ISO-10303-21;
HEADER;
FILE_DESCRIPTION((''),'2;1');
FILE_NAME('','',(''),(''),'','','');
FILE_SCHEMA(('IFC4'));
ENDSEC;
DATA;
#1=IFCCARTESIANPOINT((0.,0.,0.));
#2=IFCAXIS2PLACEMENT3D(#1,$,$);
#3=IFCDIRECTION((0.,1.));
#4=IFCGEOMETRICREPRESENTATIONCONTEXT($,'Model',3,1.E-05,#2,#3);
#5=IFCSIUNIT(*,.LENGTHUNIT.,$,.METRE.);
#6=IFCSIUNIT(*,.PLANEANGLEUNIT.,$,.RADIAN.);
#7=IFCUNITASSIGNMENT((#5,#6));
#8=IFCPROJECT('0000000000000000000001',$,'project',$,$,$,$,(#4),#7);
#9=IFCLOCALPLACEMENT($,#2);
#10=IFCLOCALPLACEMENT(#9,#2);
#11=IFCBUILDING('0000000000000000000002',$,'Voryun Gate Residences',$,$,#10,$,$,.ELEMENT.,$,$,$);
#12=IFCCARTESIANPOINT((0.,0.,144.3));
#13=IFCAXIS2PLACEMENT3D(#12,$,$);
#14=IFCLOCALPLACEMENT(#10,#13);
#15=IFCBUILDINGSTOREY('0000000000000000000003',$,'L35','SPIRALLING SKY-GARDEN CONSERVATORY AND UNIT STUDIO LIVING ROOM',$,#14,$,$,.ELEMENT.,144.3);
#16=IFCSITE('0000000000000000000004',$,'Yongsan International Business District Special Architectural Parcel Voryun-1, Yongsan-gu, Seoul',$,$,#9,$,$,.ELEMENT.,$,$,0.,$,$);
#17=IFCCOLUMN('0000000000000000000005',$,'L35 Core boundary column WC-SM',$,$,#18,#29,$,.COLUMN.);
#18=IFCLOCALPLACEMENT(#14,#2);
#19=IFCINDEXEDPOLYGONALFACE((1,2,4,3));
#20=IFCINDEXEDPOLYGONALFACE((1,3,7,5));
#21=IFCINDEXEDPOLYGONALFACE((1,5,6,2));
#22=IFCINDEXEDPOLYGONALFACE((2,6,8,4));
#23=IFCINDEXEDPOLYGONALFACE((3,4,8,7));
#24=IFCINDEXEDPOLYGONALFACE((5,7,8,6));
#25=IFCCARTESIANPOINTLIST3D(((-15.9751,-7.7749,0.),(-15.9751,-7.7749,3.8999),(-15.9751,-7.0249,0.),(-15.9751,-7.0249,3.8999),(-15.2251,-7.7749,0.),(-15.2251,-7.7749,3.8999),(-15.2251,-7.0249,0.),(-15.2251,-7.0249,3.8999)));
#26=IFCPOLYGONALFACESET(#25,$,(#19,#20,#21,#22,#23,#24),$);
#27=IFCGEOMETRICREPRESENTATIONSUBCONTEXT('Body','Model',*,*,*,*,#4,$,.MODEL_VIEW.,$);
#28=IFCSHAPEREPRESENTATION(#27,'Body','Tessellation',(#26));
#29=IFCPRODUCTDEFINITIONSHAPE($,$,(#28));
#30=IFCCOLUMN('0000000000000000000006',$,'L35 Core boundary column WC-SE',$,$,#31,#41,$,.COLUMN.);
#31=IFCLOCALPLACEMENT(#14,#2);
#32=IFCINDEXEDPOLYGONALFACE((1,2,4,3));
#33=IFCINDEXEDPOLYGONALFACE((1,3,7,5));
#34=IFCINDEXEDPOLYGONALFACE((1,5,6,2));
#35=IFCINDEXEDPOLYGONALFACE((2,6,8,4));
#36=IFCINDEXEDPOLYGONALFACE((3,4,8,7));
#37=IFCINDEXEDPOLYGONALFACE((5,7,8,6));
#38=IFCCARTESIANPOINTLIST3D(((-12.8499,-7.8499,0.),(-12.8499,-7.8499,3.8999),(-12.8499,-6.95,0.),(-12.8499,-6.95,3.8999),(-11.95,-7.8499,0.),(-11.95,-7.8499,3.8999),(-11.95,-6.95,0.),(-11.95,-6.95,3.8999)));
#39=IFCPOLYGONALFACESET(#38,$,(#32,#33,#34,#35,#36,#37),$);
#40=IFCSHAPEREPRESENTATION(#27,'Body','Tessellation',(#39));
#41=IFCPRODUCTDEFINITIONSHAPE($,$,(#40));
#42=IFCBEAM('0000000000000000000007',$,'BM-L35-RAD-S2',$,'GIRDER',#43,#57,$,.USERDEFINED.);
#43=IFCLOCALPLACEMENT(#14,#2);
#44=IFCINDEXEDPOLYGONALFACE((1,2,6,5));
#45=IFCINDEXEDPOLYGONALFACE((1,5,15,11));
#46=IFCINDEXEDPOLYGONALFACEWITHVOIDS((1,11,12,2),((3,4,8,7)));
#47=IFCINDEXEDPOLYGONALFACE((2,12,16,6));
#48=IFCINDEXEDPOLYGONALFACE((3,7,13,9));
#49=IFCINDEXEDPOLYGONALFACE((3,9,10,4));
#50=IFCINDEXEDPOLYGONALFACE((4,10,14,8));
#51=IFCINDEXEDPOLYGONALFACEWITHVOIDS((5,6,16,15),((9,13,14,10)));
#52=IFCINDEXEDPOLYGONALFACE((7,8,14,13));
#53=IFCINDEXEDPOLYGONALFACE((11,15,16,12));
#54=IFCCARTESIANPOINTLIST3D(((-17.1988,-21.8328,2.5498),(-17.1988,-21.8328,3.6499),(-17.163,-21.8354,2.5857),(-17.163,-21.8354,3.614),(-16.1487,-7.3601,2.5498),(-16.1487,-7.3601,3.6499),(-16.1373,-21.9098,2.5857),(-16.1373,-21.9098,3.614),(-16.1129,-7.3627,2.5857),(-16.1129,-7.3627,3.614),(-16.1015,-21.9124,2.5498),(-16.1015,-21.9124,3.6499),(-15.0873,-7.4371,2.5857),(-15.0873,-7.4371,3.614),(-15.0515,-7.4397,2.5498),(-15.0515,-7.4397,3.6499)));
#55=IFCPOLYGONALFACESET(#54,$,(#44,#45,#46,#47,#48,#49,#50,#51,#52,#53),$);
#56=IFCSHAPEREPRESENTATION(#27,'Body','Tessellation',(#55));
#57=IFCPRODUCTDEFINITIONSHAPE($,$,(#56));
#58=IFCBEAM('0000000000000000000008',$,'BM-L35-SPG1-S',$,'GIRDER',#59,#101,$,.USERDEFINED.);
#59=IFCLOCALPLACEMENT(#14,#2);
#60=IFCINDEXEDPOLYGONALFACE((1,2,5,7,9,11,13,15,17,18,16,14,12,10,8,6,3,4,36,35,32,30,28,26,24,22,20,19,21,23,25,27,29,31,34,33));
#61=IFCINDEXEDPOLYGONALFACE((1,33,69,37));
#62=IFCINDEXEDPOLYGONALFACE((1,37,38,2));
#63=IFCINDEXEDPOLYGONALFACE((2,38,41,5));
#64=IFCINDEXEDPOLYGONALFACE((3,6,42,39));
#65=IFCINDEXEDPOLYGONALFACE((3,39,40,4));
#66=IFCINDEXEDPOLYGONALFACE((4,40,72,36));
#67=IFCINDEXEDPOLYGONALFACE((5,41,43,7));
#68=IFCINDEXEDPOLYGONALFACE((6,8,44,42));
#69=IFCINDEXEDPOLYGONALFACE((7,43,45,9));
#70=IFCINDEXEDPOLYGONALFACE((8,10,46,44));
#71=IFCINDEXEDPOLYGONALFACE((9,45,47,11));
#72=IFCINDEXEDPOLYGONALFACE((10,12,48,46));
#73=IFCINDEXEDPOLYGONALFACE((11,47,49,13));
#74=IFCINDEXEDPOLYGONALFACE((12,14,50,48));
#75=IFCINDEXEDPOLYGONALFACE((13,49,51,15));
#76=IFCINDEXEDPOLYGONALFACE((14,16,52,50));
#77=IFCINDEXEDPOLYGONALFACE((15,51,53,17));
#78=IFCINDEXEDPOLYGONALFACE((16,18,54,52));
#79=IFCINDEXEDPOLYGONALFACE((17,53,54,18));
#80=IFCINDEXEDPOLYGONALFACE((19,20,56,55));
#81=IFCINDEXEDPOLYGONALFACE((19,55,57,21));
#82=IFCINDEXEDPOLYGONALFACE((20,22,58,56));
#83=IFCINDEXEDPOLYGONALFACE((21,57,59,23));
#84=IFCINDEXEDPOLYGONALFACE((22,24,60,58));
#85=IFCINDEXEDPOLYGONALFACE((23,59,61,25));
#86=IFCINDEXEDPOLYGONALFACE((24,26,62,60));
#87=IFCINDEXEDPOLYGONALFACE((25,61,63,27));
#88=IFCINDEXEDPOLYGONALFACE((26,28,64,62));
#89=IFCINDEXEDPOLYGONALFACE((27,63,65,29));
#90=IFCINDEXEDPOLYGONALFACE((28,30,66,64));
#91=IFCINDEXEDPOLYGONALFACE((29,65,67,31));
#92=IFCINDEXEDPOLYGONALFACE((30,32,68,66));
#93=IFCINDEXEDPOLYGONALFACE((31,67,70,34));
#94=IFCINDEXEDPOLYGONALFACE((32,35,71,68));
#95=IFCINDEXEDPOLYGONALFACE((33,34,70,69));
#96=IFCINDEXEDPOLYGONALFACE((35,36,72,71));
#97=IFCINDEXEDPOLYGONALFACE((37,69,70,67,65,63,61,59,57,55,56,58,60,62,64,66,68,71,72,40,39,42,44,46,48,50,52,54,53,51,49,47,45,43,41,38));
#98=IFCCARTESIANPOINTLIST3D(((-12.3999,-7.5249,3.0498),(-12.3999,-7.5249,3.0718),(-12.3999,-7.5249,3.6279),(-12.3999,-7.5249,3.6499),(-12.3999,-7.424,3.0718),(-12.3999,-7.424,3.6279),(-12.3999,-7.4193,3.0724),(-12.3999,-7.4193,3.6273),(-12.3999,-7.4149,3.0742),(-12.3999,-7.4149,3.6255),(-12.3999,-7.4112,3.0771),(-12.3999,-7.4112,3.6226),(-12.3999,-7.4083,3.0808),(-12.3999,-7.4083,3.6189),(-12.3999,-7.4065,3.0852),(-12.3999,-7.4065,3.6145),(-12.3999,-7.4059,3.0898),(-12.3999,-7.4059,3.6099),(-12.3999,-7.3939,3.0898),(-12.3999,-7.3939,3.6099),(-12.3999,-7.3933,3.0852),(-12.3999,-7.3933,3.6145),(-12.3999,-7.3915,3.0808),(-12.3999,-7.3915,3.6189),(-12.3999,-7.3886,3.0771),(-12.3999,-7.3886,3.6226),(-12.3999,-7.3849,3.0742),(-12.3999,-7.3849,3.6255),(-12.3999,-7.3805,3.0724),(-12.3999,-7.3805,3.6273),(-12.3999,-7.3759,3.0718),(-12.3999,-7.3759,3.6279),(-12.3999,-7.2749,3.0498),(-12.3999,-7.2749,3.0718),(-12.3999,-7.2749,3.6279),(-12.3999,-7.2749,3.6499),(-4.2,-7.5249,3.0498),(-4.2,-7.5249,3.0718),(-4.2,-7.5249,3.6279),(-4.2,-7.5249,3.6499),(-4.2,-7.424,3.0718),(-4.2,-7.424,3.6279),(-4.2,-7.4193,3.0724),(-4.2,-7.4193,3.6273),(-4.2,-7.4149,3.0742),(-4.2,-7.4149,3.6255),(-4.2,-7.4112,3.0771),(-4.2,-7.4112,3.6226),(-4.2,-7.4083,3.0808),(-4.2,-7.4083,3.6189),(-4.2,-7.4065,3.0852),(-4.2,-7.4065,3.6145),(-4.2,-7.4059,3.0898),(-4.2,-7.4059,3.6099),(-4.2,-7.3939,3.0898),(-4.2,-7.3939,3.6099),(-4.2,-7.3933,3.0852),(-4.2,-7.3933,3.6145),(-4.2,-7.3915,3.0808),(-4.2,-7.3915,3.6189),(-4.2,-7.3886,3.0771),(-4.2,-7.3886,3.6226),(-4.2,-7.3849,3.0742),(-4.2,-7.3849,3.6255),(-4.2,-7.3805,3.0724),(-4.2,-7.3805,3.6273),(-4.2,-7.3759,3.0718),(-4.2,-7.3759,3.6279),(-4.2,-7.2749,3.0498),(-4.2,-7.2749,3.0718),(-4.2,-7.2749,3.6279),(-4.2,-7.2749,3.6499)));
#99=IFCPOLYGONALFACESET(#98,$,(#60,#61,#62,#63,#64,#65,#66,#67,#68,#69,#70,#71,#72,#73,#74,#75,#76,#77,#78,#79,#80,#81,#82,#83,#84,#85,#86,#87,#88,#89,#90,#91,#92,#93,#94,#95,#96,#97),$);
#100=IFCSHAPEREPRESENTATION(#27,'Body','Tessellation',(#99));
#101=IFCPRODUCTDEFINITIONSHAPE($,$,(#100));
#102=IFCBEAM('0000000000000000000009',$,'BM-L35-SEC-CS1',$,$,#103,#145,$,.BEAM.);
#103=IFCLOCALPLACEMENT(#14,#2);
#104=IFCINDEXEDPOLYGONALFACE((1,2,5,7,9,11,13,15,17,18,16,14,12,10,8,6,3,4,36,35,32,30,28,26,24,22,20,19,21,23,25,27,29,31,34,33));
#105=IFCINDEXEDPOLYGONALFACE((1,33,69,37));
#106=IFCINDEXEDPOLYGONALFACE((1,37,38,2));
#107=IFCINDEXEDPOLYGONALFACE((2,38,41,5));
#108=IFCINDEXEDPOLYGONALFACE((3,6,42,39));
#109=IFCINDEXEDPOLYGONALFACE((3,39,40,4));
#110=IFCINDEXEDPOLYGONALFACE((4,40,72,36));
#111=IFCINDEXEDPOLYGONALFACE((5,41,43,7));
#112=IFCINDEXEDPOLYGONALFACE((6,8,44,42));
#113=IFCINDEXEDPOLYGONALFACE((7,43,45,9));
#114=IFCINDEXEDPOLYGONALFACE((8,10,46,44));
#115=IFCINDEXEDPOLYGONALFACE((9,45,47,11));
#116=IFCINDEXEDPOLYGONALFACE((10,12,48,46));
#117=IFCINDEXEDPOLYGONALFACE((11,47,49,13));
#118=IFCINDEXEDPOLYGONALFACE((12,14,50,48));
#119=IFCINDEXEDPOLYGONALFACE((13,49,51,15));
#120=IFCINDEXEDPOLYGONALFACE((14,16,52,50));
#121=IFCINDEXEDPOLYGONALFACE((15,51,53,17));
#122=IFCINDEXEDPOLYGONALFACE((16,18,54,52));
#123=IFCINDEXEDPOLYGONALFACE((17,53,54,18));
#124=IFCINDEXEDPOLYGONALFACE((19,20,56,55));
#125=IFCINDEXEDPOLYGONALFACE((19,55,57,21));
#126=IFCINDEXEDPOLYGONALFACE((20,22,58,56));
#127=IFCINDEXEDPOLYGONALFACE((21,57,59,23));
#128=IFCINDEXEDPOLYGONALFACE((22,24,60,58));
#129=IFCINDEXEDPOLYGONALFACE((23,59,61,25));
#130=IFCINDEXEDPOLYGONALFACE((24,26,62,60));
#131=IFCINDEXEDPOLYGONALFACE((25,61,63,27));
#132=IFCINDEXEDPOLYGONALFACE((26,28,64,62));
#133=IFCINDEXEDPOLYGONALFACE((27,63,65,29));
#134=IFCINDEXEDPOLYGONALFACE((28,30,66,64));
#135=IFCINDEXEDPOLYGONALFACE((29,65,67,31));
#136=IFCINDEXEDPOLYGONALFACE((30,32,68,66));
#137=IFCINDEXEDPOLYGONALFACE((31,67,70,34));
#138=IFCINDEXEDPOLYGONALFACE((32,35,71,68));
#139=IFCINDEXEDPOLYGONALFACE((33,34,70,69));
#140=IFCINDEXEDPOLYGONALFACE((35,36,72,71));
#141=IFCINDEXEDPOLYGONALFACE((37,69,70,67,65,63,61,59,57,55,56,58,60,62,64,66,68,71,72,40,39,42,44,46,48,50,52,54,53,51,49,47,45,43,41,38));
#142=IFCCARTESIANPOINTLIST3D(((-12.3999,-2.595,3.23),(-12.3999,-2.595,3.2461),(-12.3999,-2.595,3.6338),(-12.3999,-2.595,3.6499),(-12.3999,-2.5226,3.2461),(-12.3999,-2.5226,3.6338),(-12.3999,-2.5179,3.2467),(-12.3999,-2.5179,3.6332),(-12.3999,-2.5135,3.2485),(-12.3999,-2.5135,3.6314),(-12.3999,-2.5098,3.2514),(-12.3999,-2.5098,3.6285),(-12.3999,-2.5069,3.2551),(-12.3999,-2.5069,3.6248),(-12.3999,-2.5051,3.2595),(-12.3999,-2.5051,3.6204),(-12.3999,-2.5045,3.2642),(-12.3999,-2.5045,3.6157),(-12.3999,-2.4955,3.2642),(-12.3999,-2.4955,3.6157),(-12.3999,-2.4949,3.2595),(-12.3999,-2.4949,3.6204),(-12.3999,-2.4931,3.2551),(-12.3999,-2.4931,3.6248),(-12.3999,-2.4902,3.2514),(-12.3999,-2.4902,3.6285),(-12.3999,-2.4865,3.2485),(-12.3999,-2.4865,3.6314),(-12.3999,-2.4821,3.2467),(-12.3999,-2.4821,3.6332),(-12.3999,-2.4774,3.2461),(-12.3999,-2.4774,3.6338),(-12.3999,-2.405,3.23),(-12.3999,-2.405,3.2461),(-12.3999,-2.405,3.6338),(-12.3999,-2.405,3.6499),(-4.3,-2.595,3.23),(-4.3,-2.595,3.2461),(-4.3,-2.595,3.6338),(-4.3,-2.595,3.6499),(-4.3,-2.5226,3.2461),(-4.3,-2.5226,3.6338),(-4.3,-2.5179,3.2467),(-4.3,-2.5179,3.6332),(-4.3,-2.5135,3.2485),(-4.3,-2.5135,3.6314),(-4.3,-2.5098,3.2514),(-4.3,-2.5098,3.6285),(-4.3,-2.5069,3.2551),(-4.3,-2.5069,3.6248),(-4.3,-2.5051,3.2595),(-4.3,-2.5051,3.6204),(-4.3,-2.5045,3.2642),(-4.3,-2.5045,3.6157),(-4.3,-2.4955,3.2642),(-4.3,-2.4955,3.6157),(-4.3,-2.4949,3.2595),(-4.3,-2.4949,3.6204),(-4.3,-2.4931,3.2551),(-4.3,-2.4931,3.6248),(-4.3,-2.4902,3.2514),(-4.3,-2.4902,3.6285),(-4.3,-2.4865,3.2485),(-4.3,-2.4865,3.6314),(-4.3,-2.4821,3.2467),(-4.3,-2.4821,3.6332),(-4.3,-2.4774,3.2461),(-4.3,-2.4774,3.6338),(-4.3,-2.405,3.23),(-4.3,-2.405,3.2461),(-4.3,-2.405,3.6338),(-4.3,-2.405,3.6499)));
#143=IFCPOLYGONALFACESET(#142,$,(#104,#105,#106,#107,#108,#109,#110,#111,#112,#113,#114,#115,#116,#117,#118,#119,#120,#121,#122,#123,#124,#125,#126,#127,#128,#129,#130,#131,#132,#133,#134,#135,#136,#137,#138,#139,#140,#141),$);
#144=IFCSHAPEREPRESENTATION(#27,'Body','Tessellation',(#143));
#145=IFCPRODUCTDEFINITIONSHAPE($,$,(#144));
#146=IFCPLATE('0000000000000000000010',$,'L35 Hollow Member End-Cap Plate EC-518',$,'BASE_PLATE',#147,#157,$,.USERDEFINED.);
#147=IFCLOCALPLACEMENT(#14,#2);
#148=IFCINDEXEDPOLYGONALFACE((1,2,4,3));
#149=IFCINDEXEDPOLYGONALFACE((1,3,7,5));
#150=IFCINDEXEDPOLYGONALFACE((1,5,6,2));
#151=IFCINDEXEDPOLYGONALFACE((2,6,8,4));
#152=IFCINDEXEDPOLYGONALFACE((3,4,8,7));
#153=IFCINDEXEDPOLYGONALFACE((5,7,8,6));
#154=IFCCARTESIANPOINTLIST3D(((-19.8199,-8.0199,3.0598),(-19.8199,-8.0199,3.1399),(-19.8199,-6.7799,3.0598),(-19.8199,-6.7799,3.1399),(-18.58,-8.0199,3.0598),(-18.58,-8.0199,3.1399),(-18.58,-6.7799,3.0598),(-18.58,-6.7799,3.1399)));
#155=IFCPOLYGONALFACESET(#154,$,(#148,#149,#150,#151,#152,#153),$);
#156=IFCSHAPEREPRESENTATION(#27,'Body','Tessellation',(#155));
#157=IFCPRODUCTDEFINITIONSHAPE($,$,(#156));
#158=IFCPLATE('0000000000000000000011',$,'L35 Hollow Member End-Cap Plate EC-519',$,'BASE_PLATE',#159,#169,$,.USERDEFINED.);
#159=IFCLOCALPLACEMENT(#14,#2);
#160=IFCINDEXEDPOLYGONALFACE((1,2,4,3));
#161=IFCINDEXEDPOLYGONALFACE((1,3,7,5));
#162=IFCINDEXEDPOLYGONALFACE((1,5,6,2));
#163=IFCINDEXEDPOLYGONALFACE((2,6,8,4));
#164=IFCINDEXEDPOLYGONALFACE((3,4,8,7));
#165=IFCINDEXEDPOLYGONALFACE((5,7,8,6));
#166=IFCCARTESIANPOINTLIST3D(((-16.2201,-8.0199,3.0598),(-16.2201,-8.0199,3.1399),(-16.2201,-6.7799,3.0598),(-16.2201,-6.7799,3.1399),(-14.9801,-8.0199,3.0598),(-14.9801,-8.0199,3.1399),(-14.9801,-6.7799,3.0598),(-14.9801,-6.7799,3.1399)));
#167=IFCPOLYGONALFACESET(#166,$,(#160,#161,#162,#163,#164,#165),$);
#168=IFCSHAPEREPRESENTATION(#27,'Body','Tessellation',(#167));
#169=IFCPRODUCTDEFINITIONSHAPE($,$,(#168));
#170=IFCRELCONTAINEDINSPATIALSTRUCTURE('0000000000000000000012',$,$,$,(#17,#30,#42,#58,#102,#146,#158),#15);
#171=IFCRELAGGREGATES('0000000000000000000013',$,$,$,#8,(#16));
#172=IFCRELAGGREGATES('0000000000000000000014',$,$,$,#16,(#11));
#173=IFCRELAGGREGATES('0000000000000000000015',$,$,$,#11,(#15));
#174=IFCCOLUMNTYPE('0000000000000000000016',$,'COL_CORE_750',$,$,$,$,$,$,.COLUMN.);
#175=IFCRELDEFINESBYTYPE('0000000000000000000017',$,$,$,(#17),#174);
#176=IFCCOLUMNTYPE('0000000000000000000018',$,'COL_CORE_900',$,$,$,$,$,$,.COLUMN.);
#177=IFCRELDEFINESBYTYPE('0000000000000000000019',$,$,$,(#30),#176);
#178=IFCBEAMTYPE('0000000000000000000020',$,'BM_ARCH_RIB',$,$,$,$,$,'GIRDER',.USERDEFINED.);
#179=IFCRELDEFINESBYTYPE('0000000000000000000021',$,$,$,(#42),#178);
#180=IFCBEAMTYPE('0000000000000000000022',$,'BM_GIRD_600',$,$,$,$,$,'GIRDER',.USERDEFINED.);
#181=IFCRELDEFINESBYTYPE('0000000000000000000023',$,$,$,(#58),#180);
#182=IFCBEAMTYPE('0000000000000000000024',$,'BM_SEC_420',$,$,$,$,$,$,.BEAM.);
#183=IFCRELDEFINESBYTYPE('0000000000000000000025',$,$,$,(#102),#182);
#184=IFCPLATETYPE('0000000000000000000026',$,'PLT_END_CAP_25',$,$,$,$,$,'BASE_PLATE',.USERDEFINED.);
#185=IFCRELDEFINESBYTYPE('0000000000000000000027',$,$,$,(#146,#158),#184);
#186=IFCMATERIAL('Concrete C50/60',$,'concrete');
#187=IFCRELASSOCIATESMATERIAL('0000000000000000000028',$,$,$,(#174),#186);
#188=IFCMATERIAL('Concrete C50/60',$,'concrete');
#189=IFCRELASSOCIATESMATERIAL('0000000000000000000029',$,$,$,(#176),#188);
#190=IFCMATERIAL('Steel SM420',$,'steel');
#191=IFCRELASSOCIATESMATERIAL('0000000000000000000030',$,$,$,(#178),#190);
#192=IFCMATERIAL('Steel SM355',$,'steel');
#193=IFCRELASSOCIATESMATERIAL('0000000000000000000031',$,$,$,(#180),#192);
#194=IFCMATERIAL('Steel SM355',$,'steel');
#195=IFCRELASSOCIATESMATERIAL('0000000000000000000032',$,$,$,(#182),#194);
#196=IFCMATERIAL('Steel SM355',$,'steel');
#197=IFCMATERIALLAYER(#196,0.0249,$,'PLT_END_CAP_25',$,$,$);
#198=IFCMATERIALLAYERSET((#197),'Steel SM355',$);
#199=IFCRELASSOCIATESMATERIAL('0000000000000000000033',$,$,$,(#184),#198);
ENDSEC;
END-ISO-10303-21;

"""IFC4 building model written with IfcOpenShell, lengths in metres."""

from ifc_helpers import new_model, si_unit, direction, frame, origin, origin_2d, place, context, subcontext, project, spatial, rectangle, hollow_rectangle, i_section, extrude, material, layer, layer_set, material_profile, profile_set, type_object, element, save


model = new_model("IFC4")

# Units and contexts
model_context = context("Model", 3, precision=1e-05, world=origin(), true_north=direction((0.0, 1.0)))
body_context = subcontext(model_context, "Body", "Model", "MODEL_VIEW")
ifc_project = project(units=[si_unit("LENGTHUNIT", "METRE"), si_unit("PLANEANGLEUNIT", "RADIAN")], contexts=[model_context])

# Site, building, storey
site_placement = place(None, origin())
site = spatial("IfcSite", under=ifc_project, at=site_placement, Name="Yongsan International Business District Special Architectural Parcel Voryun-1, Yongsan-gu, Seoul", CompositionType="ELEMENT", RefElevation=0.0)
building_placement = place(site_placement, origin())
building = spatial("IfcBuilding", under=site, at=building_placement, Name="Voryun Gate Residences", CompositionType="ELEMENT")
storey_placement = place(building_placement, frame((0.0, 0.0, 144.3)))
storey = spatial("IfcBuildingStorey", under=building, at=storey_placement, Name="L35", Description="SPIRALLING SKY-GARDEN CONSERVATORY AND UNIT STUDIO LIVING ROOM", CompositionType="ELEMENT", Elevation=144.3)

# Columns
ifc_material_1 = material(Name="Concrete C50/60", Category="concrete")
ifc_material_profile_1 = material_profile(ifc_material_1, rectangle(XDim=0.75, YDim=0.75, at=origin_2d()), Name="RC-750x750")
ifc_profile_set_1 = profile_set([ifc_material_profile_1], Name="Concrete C50/60")
column_type_1 = type_object("IfcColumnType", Name="COL_CORE_750", PredefinedType="COLUMN", material=ifc_profile_set_1)
column_1_placement = place(storey_placement, frame((-15.6001, -7.3999, 0.0), z_axis=(0.0, 0.0, 1.0), x_axis=(1.0, 0.0, 0.0)))
element("IfcColumn", 1, at=column_1_placement, inside=storey, type_object=column_type_1, Name="L35 Core boundary column WC-SM", PredefinedType="COLUMN", context=body_context, shape_type="SweptSolid", body=[
    extrude(rectangle(XDim=0.75, YDim=0.75, at=origin_2d()), origin(), (0.0, 0.0, 1.0), 3.8999),
])
ifc_material_2 = material(Name="Concrete C50/60", Category="concrete")
ifc_material_profile_2 = material_profile(ifc_material_2, rectangle(XDim=0.8999, YDim=0.8999, at=origin_2d()), Name="RC-900x900")
ifc_profile_set_2 = profile_set([ifc_material_profile_2], Name="Concrete C50/60")
column_type_2 = type_object("IfcColumnType", Name="COL_CORE_900", PredefinedType="COLUMN", material=ifc_profile_set_2)
column_2_placement = place(storey_placement, frame((-12.3999, -7.3999, 0.0), z_axis=(0.0, 0.0, 1.0), x_axis=(1.0, 0.0, 0.0)))
element("IfcColumn", 2, at=column_2_placement, inside=storey, type_object=column_type_2, Name="L35 Core boundary column WC-SE", PredefinedType="COLUMN", context=body_context, shape_type="SweptSolid", body=[
    extrude(rectangle(XDim=0.8999, YDim=0.8999, at=origin_2d()), origin(), (0.0, 0.0, 1.0), 3.8999),
])

# Beams
ifc_material_3 = material(Name="Steel SM420", Category="steel")
ifc_material_profile_3 = material_profile(ifc_material_3, hollow_rectangle(XDim=1.1001, YDim=1.1001, WallThickness=0.0359, at=origin_2d()), Name="BOX-1100x1100x36")
ifc_profile_set_3 = profile_set([ifc_material_profile_3], Name="Steel SM420")
beam_type_1 = type_object("IfcBeamType", Name="BM_ARCH_RIB", ElementType="GIRDER", PredefinedType="USERDEFINED", material=ifc_profile_set_3)
beam_1_placement = place(storey_placement, frame((-15.6001, -7.3999, 3.0999), z_axis=(-0.072364, -0.997378, 0.0), x_axis=(0.997378, -0.072364, 0.0)))
element("IfcBeam", 3, at=beam_1_placement, inside=storey, type_object=beam_type_1, Name="BM-L35-RAD-S2", ObjectType="GIRDER", PredefinedType="USERDEFINED", context=body_context, shape_type="SweptSolid", body=[
    extrude(hollow_rectangle(XDim=1.1001, YDim=1.1001, WallThickness=0.0359, at=origin_2d()), origin(), (0.0, 0.0, 1.0), 14.5107),
])
ifc_material_4 = material(Name="Steel SM355", Category="steel")
ifc_material_profile_4 = material_profile(ifc_material_4, i_section(OverallWidth=0.25, OverallDepth=0.6001, WebThickness=0.012, FlangeThickness=0.022, FilletRadius=0.0181, at=origin_2d()), Name="H-600x250x12x22")
ifc_profile_set_4 = profile_set([ifc_material_profile_4], Name="Steel SM355")
beam_type_2 = type_object("IfcBeamType", Name="BM_GIRD_600", ElementType="GIRDER", PredefinedType="USERDEFINED", material=ifc_profile_set_4)
beam_2_placement = place(storey_placement, frame((-12.3999, -7.3999, 3.3499), z_axis=(1.0, 0.0, 0.0), x_axis=(0.0, 1.0, 0.0)))
element("IfcBeam", 4, at=beam_2_placement, inside=storey, type_object=beam_type_2, Name="BM-L35-SPG1-S", ObjectType="GIRDER", PredefinedType="USERDEFINED", context=body_context, shape_type="SweptSolid", body=[
    extrude(i_section(OverallWidth=0.25, OverallDepth=0.6001, WebThickness=0.012, FlangeThickness=0.022, FilletRadius=0.0181, at=origin_2d()), origin(), (0.0, 0.0, 1.0), 8.2),
])
ifc_material_5 = material(Name="Steel SM355", Category="steel")
ifc_material_profile_5 = material_profile(ifc_material_5, i_section(OverallWidth=0.1899, OverallDepth=0.4199, WebThickness=0.009, FlangeThickness=0.0161, FilletRadius=0.0181, at=origin_2d()), Name="H-420x190x9x16")
ifc_profile_set_5 = profile_set([ifc_material_profile_5], Name="Steel SM355")
beam_type_3 = type_object("IfcBeamType", Name="BM_SEC_420", PredefinedType="BEAM", material=ifc_profile_set_5)
beam_3_placement = place(storey_placement, frame((-12.3999, -2.5, 3.4399), z_axis=(1.0, 0.0, 0.0), x_axis=(0.0, 1.0, 0.0)))
element("IfcBeam", 5, at=beam_3_placement, inside=storey, type_object=beam_type_3, Name="BM-L35-SEC-CS1", PredefinedType="BEAM", context=body_context, shape_type="SweptSolid", body=[
    extrude(i_section(OverallWidth=0.1899, OverallDepth=0.4199, WebThickness=0.009, FlangeThickness=0.0161, FilletRadius=0.0181, at=origin_2d()), origin(), (0.0, 0.0, 1.0), 8.0999),
])

# Plates
ifc_material_6 = material(Name="Steel SM355", Category="steel")
ifc_layer_1 = layer(ifc_material_6, 0.0249, Name="PLT_END_CAP_25")
ifc_layer_set_1 = layer_set([ifc_layer_1], Name="Steel SM355")
plate_type = type_object("IfcPlateType", Name="PLT_END_CAP_25", ElementType="BASE_PLATE", PredefinedType="USERDEFINED", material=ifc_layer_set_1)
for number, where, z_axis, x_axis, name in (
    (6, (-19.2, -7.3999, 3.0598), (0.0, 0.0, 1.0), (1.0, 0.0, 0.0), "L35 Hollow Member End-Cap Plate EC-518"),
    (7, (-15.6001, -7.3999, 3.0598), (0.0, 0.0, 1.0), (1.0, 0.0, 0.0), "L35 Hollow Member End-Cap Plate EC-519"),
):
    element("IfcPlate", number, at=place(storey_placement, frame(where, z_axis=z_axis, x_axis=x_axis)), inside=storey, type_object=plate_type, Name=name, ObjectType="BASE_PLATE", PredefinedType="USERDEFINED", context=body_context, shape_type="SweptSolid", body=[
        extrude(rectangle(XDim=1.24, YDim=1.24, at=origin_2d()), origin(), (0.0, 0.0, 1.0), 0.0801),
    ])

save(model, "model.ifc")
